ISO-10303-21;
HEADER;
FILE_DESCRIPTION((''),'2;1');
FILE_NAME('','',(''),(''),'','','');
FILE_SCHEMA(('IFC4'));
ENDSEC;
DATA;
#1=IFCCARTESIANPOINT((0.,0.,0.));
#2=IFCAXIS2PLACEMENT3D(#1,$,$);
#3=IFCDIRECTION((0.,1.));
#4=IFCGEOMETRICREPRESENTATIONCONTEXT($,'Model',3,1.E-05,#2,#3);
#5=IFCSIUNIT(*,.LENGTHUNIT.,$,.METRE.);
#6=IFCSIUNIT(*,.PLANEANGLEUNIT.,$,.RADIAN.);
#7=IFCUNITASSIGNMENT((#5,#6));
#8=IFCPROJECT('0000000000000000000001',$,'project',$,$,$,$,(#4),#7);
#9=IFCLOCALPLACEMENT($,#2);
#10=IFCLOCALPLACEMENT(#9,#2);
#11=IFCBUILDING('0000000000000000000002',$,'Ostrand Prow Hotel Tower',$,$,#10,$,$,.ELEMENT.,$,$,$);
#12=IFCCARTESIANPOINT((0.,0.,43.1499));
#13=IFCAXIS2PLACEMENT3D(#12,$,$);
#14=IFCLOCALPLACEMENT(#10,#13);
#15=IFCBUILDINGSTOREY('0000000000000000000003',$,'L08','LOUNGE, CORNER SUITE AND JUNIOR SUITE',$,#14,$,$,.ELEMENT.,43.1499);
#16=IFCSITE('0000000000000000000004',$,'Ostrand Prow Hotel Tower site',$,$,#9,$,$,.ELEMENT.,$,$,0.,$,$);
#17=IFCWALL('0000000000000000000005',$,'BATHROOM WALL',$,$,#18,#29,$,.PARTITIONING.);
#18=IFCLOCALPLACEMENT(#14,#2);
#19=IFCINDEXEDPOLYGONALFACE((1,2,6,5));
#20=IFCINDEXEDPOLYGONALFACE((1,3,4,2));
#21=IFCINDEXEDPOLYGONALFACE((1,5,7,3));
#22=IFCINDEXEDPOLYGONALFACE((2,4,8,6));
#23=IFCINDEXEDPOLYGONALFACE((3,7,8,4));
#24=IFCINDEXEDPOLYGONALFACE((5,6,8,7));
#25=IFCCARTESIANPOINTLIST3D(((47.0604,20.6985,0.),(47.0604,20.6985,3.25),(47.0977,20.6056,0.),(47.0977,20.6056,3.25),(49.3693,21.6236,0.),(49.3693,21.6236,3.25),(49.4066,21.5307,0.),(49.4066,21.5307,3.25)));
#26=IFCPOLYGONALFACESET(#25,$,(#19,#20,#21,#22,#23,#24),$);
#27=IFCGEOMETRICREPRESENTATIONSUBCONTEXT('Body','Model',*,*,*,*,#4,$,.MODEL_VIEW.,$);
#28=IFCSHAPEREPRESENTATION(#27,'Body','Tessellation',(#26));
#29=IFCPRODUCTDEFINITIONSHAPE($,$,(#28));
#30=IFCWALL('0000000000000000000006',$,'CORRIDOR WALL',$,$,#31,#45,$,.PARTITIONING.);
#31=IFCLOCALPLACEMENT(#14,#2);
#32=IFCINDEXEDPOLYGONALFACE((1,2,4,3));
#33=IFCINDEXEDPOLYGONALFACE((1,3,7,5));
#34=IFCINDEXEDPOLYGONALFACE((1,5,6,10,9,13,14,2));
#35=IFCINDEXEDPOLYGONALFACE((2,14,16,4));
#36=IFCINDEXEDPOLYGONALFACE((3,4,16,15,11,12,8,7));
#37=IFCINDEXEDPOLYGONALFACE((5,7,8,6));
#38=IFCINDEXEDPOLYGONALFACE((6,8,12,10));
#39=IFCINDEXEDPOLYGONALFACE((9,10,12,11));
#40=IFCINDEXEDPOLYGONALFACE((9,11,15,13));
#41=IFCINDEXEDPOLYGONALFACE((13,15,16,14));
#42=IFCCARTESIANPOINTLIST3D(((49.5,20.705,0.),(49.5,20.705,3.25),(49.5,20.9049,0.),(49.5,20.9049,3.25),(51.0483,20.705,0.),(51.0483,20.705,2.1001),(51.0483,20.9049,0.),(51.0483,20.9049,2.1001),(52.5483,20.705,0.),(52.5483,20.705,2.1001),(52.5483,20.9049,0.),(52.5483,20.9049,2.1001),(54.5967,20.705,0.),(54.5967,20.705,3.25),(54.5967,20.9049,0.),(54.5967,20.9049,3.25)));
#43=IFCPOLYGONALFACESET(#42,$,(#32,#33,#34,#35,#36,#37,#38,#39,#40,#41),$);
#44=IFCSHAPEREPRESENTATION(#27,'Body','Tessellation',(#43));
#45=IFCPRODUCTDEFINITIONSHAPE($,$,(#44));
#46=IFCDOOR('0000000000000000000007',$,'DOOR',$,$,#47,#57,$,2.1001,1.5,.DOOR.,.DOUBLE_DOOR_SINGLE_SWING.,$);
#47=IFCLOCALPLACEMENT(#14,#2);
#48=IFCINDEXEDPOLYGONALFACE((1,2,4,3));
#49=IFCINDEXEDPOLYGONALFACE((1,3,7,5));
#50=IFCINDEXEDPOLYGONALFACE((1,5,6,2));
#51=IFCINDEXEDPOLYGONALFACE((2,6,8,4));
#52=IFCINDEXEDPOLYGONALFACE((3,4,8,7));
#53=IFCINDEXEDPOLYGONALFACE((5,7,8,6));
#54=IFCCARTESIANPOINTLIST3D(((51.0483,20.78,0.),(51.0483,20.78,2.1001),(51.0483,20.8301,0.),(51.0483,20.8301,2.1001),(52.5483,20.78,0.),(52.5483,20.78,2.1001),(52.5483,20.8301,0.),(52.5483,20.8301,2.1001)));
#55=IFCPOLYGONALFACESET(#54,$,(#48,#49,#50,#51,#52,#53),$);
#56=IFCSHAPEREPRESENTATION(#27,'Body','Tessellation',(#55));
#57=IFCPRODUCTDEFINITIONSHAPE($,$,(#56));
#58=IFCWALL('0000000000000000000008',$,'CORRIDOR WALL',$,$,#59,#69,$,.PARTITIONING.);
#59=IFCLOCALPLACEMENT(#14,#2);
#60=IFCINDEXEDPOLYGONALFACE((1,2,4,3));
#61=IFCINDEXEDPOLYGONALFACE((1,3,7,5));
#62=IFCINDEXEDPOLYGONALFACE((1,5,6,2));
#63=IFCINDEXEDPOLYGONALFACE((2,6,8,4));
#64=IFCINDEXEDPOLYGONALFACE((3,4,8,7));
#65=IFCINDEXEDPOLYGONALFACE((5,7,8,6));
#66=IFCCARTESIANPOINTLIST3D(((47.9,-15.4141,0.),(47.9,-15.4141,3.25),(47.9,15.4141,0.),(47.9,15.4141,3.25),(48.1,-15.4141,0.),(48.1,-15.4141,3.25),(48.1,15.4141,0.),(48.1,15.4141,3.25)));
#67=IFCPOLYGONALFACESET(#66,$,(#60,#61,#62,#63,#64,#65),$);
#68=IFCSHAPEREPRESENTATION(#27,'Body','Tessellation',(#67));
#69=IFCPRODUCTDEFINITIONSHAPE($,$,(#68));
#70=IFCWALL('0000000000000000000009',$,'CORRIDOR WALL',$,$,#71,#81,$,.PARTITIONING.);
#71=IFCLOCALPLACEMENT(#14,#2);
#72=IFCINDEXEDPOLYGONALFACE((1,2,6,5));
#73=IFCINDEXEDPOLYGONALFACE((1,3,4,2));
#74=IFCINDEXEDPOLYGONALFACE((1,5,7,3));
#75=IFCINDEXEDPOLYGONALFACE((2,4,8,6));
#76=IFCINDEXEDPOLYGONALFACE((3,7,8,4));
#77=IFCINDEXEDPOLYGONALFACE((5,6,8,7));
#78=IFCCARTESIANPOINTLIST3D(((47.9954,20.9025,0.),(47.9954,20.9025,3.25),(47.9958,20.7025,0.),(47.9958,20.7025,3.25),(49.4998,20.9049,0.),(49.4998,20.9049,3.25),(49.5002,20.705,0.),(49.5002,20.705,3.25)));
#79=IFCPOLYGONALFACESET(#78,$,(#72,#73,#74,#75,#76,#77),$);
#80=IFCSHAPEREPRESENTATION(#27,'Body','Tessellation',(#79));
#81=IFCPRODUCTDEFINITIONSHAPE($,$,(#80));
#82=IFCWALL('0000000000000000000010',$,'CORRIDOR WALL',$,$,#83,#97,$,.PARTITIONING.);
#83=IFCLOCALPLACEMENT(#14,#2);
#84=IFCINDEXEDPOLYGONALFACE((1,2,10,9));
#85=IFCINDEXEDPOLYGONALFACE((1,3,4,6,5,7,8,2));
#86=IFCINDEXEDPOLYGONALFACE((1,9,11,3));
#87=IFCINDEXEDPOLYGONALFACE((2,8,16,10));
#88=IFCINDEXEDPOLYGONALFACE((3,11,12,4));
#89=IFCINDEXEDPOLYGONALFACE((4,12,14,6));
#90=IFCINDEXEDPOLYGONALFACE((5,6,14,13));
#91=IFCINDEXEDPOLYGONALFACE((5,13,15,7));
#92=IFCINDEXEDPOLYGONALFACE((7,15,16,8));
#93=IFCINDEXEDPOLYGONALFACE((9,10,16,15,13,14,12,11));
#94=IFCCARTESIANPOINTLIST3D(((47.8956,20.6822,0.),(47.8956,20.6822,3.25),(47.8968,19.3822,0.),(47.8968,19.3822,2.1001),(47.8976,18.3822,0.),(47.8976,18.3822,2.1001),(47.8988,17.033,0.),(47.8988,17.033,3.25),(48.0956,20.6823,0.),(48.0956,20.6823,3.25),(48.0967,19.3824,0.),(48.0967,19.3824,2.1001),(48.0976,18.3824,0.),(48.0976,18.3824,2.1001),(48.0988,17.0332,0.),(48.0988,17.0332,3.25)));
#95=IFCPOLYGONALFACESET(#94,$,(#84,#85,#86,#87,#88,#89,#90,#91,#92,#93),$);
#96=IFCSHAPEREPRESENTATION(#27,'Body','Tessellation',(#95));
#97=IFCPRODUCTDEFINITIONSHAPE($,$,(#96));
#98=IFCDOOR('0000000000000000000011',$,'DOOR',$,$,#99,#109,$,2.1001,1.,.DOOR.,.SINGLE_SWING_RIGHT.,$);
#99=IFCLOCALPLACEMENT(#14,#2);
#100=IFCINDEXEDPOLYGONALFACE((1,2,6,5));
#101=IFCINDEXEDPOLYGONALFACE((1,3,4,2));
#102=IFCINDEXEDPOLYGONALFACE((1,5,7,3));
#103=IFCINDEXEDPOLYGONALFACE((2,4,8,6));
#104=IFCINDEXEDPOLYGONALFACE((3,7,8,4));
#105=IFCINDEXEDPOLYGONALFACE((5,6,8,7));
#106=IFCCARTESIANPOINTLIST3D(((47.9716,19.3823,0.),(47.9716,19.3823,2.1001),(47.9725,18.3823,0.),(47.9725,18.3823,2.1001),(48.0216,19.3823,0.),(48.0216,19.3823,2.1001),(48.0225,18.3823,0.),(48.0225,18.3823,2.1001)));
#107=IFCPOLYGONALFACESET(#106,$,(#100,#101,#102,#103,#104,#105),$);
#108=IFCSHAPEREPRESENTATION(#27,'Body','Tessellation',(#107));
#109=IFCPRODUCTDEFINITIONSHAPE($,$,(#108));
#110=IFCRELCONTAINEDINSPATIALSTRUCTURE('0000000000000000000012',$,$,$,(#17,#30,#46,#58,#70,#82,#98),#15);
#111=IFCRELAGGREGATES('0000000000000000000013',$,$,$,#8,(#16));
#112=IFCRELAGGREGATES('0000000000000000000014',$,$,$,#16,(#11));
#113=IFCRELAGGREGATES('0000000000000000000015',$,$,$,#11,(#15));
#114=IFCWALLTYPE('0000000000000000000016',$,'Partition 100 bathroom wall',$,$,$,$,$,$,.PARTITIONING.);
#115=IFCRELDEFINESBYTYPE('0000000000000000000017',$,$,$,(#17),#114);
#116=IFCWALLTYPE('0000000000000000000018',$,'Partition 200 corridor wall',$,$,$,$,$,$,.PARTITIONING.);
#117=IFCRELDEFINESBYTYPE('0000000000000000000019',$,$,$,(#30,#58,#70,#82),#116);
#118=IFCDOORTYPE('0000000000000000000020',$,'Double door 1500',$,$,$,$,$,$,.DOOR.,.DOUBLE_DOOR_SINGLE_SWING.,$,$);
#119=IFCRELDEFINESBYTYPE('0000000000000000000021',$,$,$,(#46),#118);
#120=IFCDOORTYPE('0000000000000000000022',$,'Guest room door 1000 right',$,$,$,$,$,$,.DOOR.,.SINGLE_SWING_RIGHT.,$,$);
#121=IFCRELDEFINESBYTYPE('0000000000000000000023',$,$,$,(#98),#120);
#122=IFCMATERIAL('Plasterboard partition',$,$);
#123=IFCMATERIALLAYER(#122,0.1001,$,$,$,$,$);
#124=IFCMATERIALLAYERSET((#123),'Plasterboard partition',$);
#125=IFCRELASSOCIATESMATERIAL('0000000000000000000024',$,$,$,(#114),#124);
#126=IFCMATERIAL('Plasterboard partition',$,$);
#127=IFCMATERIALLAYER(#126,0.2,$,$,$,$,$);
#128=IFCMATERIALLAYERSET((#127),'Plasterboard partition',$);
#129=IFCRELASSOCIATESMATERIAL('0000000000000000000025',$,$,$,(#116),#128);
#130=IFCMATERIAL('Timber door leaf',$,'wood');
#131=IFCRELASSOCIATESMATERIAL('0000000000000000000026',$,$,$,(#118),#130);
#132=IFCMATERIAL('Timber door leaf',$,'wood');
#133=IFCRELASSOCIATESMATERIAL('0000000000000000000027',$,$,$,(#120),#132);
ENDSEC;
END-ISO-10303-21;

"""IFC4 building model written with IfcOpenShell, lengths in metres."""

from ifc_helpers import new_model, si_unit, direction, frame, frame_2d, origin, place, context, subcontext, project, spatial, rectangle, extrude, material, layer, layer_set, type_object, element, fill, save


model = new_model("IFC4")

# Units and contexts
model_context = context("Model", 3, precision=1e-05, world=origin(), true_north=direction((0.0, 1.0)))
body_context = subcontext(model_context, "Body", "Model", "MODEL_VIEW")
ifc_project = project(units=[si_unit("LENGTHUNIT", "METRE"), si_unit("PLANEANGLEUNIT", "RADIAN")], contexts=[model_context])

# Site, building, storey
site_placement = place(None, origin())
site = spatial("IfcSite", under=ifc_project, at=site_placement, Name="Ostrand Prow Hotel Tower site", CompositionType="ELEMENT", RefElevation=0.0)
building_placement = place(site_placement, origin())
building = spatial("IfcBuilding", under=site, at=building_placement, Name="Ostrand Prow Hotel Tower", CompositionType="ELEMENT")
storey_placement = place(building_placement, frame((0.0, 0.0, 43.1499)))
storey = spatial("IfcBuildingStorey", under=building, at=storey_placement, Name="L08", Description="LOUNGE, CORNER SUITE AND JUNIOR SUITE", CompositionType="ELEMENT", Elevation=43.1499)

# Wall
ifc_material_1 = material(Name="Plasterboard partition")
ifc_layer_1 = layer(ifc_material_1, 0.1001)
ifc_layer_set_1 = layer_set([ifc_layer_1], Name="Plasterboard partition")
wall_type_1 = type_object("IfcWallType", Name="Partition 100 bathroom wall", PredefinedType="PARTITIONING", material=ifc_layer_set_1)
wall_1_placement = place(storey_placement, frame((49.3879, 21.5771, 0.0), z_axis=(0.0, 0.0, 1.0), x_axis=(-0.928267, -0.371915, 0.0)))
element("IfcWall", 1, at=wall_1_placement, inside=storey, type_object=wall_type_1, Name="BATHROOM WALL", PredefinedType="PARTITIONING", context=body_context, shape_type="SweptSolid", body=[
    extrude(rectangle(XDim=2.4873, YDim=0.1001, at=frame_2d((1.2437, 0.0))), origin(), (0.0, 0.0, 1.0), 3.25),
])

# Wall, opening, door
ifc_material_2 = material(Name="Plasterboard partition")
ifc_layer_2 = layer(ifc_material_2, 0.2)
ifc_layer_set_2 = layer_set([ifc_layer_2], Name="Plasterboard partition")
wall_type_2 = type_object("IfcWallType", Name="Partition 200 corridor wall", PredefinedType="PARTITIONING", material=ifc_layer_set_2)
wall_2_placement = place(storey_placement, frame((54.5967, 20.8049, 0.0), z_axis=(0.0, 0.0, 1.0), x_axis=(-1.0, 0.0, 0.0)))
wall_2 = element("IfcWall", 2, at=wall_2_placement, inside=storey, type_object=wall_type_2, Name="CORRIDOR WALL", PredefinedType="PARTITIONING", context=body_context, shape_type="SweptSolid", body=[
    extrude(rectangle(XDim=5.0967, YDim=0.2, at=frame_2d((2.5483, 0.0))), origin(), (0.0, 0.0, 1.0), 3.25),
])
opening_1_placement = place(wall_2_placement, frame((2.0483, 0.0, 0.0)))
opening_1 = element("IfcOpeningElement", 3, at=opening_1_placement, cuts=wall_2, PredefinedType="OPENING", context=body_context, shape_type="SweptSolid", body=[
    extrude(rectangle(XDim=1.5, YDim=2.1001, at=frame_2d((0.75, 1.05))), frame((0.0, 0.1099, 0.0), z_axis=(0.0, -1.0, 0.0), x_axis=(1.0, 0.0, 0.0)), (0.0, 0.0, 1.0), 0.22),
])
ifc_material_3 = material(Name="Timber door leaf", Category="wood")
door_type_1 = type_object("IfcDoorType", Name="Double door 1500", OperationType="DOUBLE_DOOR_SINGLE_SWING", PredefinedType="DOOR", material=ifc_material_3)
door_1_placement = place(opening_1_placement, origin())
door_1 = element("IfcDoor", 4, at=door_1_placement, inside=storey, type_object=door_type_1, Name="DOOR", OperationType="DOUBLE_DOOR_SINGLE_SWING", OverallHeight=2.1001, OverallWidth=1.5, PredefinedType="DOOR", context=body_context, shape_type="SweptSolid", body=[
    extrude(rectangle(XDim=1.5, YDim=2.1001, at=frame_2d((0.75, 1.05))), frame((0.0, 0.0249, 0.0), z_axis=(0.0, -1.0, 0.0), x_axis=(1.0, 0.0, 0.0)), (0.0, 0.0, 1.0), 0.05),
])
fill(opening_1, door_1)

# Walls
wall_3_placement = place(storey_placement, frame((48.0, 15.4141, 0.0), z_axis=(0.0, 0.0, 1.0), x_axis=(0.0, -1.0, 0.0)))
element("IfcWall", 5, at=wall_3_placement, inside=storey, type_object=wall_type_2, Name="CORRIDOR WALL", PredefinedType="PARTITIONING", context=body_context, shape_type="SweptSolid", body=[
    extrude(rectangle(XDim=30.8281, YDim=0.2, at=frame_2d((15.4141, 0.0))), origin(), (0.0, 0.0, 1.0), 3.25),
])
wall_4_placement = place(storey_placement, frame((49.5, 20.8049, 0.0), z_axis=(0.0, 0.0, 1.0), x_axis=(-0.999999, -0.001623, 0.0)))
element("IfcWall", 6, at=wall_4_placement, inside=storey, type_object=wall_type_2, Name="CORRIDOR WALL", PredefinedType="PARTITIONING", context=body_context, shape_type="SweptSolid", body=[
    extrude(rectangle(XDim=1.5044, YDim=0.2, at=frame_2d((0.7522, 0.0))), origin(), (0.0, 0.0, 1.0), 3.25),
])

# Wall, opening, door
wall_5_placement = place(storey_placement, frame((47.9956, 20.6824, 0.0), z_axis=(0.0, 0.0, 1.0), x_axis=(0.00087, -1.0, 0.0)))
wall_5 = element("IfcWall", 7, at=wall_5_placement, inside=storey, type_object=wall_type_2, Name="CORRIDOR WALL", PredefinedType="PARTITIONING", context=body_context, shape_type="SweptSolid", body=[
    extrude(rectangle(XDim=3.6492, YDim=0.2, at=frame_2d((1.8247, 0.0))), origin(), (0.0, 0.0, 1.0), 3.25),
])
opening_2_placement = place(wall_5_placement, frame((1.3, 0.0, 0.0)))
opening_2 = element("IfcOpeningElement", 8, at=opening_2_placement, cuts=wall_5, PredefinedType="OPENING", context=body_context, shape_type="SweptSolid", body=[
    extrude(rectangle(XDim=1.0, YDim=2.1001, at=frame_2d((0.5, 1.05))), frame((0.0, 0.1099, 0.0), z_axis=(0.0, -1.0, 0.0), x_axis=(1.0, 0.0, 0.0)), (0.0, 0.0, 1.0), 0.22),
])
ifc_material_4 = material(Name="Timber door leaf", Category="wood")
door_type_2 = type_object("IfcDoorType", Name="Guest room door 1000 right", OperationType="SINGLE_SWING_RIGHT", PredefinedType="DOOR", material=ifc_material_4)
door_2_placement = place(opening_2_placement, origin())
door_2 = element("IfcDoor", 9, at=door_2_placement, inside=storey, type_object=door_type_2, Name="DOOR", OperationType="SINGLE_SWING_RIGHT", OverallHeight=2.1001, OverallWidth=1.0, PredefinedType="DOOR", context=body_context, shape_type="SweptSolid", body=[
    extrude(rectangle(XDim=1.0, YDim=2.1001, at=frame_2d((0.5, 1.05))), frame((0.0, 0.0249, 0.0), z_axis=(0.0, -1.0, 0.0), x_axis=(1.0, 0.0, 0.0)), (0.0, 0.0, 1.0), 0.05),
])
fill(opening_2, door_2)

save(model, "model.ifc")
